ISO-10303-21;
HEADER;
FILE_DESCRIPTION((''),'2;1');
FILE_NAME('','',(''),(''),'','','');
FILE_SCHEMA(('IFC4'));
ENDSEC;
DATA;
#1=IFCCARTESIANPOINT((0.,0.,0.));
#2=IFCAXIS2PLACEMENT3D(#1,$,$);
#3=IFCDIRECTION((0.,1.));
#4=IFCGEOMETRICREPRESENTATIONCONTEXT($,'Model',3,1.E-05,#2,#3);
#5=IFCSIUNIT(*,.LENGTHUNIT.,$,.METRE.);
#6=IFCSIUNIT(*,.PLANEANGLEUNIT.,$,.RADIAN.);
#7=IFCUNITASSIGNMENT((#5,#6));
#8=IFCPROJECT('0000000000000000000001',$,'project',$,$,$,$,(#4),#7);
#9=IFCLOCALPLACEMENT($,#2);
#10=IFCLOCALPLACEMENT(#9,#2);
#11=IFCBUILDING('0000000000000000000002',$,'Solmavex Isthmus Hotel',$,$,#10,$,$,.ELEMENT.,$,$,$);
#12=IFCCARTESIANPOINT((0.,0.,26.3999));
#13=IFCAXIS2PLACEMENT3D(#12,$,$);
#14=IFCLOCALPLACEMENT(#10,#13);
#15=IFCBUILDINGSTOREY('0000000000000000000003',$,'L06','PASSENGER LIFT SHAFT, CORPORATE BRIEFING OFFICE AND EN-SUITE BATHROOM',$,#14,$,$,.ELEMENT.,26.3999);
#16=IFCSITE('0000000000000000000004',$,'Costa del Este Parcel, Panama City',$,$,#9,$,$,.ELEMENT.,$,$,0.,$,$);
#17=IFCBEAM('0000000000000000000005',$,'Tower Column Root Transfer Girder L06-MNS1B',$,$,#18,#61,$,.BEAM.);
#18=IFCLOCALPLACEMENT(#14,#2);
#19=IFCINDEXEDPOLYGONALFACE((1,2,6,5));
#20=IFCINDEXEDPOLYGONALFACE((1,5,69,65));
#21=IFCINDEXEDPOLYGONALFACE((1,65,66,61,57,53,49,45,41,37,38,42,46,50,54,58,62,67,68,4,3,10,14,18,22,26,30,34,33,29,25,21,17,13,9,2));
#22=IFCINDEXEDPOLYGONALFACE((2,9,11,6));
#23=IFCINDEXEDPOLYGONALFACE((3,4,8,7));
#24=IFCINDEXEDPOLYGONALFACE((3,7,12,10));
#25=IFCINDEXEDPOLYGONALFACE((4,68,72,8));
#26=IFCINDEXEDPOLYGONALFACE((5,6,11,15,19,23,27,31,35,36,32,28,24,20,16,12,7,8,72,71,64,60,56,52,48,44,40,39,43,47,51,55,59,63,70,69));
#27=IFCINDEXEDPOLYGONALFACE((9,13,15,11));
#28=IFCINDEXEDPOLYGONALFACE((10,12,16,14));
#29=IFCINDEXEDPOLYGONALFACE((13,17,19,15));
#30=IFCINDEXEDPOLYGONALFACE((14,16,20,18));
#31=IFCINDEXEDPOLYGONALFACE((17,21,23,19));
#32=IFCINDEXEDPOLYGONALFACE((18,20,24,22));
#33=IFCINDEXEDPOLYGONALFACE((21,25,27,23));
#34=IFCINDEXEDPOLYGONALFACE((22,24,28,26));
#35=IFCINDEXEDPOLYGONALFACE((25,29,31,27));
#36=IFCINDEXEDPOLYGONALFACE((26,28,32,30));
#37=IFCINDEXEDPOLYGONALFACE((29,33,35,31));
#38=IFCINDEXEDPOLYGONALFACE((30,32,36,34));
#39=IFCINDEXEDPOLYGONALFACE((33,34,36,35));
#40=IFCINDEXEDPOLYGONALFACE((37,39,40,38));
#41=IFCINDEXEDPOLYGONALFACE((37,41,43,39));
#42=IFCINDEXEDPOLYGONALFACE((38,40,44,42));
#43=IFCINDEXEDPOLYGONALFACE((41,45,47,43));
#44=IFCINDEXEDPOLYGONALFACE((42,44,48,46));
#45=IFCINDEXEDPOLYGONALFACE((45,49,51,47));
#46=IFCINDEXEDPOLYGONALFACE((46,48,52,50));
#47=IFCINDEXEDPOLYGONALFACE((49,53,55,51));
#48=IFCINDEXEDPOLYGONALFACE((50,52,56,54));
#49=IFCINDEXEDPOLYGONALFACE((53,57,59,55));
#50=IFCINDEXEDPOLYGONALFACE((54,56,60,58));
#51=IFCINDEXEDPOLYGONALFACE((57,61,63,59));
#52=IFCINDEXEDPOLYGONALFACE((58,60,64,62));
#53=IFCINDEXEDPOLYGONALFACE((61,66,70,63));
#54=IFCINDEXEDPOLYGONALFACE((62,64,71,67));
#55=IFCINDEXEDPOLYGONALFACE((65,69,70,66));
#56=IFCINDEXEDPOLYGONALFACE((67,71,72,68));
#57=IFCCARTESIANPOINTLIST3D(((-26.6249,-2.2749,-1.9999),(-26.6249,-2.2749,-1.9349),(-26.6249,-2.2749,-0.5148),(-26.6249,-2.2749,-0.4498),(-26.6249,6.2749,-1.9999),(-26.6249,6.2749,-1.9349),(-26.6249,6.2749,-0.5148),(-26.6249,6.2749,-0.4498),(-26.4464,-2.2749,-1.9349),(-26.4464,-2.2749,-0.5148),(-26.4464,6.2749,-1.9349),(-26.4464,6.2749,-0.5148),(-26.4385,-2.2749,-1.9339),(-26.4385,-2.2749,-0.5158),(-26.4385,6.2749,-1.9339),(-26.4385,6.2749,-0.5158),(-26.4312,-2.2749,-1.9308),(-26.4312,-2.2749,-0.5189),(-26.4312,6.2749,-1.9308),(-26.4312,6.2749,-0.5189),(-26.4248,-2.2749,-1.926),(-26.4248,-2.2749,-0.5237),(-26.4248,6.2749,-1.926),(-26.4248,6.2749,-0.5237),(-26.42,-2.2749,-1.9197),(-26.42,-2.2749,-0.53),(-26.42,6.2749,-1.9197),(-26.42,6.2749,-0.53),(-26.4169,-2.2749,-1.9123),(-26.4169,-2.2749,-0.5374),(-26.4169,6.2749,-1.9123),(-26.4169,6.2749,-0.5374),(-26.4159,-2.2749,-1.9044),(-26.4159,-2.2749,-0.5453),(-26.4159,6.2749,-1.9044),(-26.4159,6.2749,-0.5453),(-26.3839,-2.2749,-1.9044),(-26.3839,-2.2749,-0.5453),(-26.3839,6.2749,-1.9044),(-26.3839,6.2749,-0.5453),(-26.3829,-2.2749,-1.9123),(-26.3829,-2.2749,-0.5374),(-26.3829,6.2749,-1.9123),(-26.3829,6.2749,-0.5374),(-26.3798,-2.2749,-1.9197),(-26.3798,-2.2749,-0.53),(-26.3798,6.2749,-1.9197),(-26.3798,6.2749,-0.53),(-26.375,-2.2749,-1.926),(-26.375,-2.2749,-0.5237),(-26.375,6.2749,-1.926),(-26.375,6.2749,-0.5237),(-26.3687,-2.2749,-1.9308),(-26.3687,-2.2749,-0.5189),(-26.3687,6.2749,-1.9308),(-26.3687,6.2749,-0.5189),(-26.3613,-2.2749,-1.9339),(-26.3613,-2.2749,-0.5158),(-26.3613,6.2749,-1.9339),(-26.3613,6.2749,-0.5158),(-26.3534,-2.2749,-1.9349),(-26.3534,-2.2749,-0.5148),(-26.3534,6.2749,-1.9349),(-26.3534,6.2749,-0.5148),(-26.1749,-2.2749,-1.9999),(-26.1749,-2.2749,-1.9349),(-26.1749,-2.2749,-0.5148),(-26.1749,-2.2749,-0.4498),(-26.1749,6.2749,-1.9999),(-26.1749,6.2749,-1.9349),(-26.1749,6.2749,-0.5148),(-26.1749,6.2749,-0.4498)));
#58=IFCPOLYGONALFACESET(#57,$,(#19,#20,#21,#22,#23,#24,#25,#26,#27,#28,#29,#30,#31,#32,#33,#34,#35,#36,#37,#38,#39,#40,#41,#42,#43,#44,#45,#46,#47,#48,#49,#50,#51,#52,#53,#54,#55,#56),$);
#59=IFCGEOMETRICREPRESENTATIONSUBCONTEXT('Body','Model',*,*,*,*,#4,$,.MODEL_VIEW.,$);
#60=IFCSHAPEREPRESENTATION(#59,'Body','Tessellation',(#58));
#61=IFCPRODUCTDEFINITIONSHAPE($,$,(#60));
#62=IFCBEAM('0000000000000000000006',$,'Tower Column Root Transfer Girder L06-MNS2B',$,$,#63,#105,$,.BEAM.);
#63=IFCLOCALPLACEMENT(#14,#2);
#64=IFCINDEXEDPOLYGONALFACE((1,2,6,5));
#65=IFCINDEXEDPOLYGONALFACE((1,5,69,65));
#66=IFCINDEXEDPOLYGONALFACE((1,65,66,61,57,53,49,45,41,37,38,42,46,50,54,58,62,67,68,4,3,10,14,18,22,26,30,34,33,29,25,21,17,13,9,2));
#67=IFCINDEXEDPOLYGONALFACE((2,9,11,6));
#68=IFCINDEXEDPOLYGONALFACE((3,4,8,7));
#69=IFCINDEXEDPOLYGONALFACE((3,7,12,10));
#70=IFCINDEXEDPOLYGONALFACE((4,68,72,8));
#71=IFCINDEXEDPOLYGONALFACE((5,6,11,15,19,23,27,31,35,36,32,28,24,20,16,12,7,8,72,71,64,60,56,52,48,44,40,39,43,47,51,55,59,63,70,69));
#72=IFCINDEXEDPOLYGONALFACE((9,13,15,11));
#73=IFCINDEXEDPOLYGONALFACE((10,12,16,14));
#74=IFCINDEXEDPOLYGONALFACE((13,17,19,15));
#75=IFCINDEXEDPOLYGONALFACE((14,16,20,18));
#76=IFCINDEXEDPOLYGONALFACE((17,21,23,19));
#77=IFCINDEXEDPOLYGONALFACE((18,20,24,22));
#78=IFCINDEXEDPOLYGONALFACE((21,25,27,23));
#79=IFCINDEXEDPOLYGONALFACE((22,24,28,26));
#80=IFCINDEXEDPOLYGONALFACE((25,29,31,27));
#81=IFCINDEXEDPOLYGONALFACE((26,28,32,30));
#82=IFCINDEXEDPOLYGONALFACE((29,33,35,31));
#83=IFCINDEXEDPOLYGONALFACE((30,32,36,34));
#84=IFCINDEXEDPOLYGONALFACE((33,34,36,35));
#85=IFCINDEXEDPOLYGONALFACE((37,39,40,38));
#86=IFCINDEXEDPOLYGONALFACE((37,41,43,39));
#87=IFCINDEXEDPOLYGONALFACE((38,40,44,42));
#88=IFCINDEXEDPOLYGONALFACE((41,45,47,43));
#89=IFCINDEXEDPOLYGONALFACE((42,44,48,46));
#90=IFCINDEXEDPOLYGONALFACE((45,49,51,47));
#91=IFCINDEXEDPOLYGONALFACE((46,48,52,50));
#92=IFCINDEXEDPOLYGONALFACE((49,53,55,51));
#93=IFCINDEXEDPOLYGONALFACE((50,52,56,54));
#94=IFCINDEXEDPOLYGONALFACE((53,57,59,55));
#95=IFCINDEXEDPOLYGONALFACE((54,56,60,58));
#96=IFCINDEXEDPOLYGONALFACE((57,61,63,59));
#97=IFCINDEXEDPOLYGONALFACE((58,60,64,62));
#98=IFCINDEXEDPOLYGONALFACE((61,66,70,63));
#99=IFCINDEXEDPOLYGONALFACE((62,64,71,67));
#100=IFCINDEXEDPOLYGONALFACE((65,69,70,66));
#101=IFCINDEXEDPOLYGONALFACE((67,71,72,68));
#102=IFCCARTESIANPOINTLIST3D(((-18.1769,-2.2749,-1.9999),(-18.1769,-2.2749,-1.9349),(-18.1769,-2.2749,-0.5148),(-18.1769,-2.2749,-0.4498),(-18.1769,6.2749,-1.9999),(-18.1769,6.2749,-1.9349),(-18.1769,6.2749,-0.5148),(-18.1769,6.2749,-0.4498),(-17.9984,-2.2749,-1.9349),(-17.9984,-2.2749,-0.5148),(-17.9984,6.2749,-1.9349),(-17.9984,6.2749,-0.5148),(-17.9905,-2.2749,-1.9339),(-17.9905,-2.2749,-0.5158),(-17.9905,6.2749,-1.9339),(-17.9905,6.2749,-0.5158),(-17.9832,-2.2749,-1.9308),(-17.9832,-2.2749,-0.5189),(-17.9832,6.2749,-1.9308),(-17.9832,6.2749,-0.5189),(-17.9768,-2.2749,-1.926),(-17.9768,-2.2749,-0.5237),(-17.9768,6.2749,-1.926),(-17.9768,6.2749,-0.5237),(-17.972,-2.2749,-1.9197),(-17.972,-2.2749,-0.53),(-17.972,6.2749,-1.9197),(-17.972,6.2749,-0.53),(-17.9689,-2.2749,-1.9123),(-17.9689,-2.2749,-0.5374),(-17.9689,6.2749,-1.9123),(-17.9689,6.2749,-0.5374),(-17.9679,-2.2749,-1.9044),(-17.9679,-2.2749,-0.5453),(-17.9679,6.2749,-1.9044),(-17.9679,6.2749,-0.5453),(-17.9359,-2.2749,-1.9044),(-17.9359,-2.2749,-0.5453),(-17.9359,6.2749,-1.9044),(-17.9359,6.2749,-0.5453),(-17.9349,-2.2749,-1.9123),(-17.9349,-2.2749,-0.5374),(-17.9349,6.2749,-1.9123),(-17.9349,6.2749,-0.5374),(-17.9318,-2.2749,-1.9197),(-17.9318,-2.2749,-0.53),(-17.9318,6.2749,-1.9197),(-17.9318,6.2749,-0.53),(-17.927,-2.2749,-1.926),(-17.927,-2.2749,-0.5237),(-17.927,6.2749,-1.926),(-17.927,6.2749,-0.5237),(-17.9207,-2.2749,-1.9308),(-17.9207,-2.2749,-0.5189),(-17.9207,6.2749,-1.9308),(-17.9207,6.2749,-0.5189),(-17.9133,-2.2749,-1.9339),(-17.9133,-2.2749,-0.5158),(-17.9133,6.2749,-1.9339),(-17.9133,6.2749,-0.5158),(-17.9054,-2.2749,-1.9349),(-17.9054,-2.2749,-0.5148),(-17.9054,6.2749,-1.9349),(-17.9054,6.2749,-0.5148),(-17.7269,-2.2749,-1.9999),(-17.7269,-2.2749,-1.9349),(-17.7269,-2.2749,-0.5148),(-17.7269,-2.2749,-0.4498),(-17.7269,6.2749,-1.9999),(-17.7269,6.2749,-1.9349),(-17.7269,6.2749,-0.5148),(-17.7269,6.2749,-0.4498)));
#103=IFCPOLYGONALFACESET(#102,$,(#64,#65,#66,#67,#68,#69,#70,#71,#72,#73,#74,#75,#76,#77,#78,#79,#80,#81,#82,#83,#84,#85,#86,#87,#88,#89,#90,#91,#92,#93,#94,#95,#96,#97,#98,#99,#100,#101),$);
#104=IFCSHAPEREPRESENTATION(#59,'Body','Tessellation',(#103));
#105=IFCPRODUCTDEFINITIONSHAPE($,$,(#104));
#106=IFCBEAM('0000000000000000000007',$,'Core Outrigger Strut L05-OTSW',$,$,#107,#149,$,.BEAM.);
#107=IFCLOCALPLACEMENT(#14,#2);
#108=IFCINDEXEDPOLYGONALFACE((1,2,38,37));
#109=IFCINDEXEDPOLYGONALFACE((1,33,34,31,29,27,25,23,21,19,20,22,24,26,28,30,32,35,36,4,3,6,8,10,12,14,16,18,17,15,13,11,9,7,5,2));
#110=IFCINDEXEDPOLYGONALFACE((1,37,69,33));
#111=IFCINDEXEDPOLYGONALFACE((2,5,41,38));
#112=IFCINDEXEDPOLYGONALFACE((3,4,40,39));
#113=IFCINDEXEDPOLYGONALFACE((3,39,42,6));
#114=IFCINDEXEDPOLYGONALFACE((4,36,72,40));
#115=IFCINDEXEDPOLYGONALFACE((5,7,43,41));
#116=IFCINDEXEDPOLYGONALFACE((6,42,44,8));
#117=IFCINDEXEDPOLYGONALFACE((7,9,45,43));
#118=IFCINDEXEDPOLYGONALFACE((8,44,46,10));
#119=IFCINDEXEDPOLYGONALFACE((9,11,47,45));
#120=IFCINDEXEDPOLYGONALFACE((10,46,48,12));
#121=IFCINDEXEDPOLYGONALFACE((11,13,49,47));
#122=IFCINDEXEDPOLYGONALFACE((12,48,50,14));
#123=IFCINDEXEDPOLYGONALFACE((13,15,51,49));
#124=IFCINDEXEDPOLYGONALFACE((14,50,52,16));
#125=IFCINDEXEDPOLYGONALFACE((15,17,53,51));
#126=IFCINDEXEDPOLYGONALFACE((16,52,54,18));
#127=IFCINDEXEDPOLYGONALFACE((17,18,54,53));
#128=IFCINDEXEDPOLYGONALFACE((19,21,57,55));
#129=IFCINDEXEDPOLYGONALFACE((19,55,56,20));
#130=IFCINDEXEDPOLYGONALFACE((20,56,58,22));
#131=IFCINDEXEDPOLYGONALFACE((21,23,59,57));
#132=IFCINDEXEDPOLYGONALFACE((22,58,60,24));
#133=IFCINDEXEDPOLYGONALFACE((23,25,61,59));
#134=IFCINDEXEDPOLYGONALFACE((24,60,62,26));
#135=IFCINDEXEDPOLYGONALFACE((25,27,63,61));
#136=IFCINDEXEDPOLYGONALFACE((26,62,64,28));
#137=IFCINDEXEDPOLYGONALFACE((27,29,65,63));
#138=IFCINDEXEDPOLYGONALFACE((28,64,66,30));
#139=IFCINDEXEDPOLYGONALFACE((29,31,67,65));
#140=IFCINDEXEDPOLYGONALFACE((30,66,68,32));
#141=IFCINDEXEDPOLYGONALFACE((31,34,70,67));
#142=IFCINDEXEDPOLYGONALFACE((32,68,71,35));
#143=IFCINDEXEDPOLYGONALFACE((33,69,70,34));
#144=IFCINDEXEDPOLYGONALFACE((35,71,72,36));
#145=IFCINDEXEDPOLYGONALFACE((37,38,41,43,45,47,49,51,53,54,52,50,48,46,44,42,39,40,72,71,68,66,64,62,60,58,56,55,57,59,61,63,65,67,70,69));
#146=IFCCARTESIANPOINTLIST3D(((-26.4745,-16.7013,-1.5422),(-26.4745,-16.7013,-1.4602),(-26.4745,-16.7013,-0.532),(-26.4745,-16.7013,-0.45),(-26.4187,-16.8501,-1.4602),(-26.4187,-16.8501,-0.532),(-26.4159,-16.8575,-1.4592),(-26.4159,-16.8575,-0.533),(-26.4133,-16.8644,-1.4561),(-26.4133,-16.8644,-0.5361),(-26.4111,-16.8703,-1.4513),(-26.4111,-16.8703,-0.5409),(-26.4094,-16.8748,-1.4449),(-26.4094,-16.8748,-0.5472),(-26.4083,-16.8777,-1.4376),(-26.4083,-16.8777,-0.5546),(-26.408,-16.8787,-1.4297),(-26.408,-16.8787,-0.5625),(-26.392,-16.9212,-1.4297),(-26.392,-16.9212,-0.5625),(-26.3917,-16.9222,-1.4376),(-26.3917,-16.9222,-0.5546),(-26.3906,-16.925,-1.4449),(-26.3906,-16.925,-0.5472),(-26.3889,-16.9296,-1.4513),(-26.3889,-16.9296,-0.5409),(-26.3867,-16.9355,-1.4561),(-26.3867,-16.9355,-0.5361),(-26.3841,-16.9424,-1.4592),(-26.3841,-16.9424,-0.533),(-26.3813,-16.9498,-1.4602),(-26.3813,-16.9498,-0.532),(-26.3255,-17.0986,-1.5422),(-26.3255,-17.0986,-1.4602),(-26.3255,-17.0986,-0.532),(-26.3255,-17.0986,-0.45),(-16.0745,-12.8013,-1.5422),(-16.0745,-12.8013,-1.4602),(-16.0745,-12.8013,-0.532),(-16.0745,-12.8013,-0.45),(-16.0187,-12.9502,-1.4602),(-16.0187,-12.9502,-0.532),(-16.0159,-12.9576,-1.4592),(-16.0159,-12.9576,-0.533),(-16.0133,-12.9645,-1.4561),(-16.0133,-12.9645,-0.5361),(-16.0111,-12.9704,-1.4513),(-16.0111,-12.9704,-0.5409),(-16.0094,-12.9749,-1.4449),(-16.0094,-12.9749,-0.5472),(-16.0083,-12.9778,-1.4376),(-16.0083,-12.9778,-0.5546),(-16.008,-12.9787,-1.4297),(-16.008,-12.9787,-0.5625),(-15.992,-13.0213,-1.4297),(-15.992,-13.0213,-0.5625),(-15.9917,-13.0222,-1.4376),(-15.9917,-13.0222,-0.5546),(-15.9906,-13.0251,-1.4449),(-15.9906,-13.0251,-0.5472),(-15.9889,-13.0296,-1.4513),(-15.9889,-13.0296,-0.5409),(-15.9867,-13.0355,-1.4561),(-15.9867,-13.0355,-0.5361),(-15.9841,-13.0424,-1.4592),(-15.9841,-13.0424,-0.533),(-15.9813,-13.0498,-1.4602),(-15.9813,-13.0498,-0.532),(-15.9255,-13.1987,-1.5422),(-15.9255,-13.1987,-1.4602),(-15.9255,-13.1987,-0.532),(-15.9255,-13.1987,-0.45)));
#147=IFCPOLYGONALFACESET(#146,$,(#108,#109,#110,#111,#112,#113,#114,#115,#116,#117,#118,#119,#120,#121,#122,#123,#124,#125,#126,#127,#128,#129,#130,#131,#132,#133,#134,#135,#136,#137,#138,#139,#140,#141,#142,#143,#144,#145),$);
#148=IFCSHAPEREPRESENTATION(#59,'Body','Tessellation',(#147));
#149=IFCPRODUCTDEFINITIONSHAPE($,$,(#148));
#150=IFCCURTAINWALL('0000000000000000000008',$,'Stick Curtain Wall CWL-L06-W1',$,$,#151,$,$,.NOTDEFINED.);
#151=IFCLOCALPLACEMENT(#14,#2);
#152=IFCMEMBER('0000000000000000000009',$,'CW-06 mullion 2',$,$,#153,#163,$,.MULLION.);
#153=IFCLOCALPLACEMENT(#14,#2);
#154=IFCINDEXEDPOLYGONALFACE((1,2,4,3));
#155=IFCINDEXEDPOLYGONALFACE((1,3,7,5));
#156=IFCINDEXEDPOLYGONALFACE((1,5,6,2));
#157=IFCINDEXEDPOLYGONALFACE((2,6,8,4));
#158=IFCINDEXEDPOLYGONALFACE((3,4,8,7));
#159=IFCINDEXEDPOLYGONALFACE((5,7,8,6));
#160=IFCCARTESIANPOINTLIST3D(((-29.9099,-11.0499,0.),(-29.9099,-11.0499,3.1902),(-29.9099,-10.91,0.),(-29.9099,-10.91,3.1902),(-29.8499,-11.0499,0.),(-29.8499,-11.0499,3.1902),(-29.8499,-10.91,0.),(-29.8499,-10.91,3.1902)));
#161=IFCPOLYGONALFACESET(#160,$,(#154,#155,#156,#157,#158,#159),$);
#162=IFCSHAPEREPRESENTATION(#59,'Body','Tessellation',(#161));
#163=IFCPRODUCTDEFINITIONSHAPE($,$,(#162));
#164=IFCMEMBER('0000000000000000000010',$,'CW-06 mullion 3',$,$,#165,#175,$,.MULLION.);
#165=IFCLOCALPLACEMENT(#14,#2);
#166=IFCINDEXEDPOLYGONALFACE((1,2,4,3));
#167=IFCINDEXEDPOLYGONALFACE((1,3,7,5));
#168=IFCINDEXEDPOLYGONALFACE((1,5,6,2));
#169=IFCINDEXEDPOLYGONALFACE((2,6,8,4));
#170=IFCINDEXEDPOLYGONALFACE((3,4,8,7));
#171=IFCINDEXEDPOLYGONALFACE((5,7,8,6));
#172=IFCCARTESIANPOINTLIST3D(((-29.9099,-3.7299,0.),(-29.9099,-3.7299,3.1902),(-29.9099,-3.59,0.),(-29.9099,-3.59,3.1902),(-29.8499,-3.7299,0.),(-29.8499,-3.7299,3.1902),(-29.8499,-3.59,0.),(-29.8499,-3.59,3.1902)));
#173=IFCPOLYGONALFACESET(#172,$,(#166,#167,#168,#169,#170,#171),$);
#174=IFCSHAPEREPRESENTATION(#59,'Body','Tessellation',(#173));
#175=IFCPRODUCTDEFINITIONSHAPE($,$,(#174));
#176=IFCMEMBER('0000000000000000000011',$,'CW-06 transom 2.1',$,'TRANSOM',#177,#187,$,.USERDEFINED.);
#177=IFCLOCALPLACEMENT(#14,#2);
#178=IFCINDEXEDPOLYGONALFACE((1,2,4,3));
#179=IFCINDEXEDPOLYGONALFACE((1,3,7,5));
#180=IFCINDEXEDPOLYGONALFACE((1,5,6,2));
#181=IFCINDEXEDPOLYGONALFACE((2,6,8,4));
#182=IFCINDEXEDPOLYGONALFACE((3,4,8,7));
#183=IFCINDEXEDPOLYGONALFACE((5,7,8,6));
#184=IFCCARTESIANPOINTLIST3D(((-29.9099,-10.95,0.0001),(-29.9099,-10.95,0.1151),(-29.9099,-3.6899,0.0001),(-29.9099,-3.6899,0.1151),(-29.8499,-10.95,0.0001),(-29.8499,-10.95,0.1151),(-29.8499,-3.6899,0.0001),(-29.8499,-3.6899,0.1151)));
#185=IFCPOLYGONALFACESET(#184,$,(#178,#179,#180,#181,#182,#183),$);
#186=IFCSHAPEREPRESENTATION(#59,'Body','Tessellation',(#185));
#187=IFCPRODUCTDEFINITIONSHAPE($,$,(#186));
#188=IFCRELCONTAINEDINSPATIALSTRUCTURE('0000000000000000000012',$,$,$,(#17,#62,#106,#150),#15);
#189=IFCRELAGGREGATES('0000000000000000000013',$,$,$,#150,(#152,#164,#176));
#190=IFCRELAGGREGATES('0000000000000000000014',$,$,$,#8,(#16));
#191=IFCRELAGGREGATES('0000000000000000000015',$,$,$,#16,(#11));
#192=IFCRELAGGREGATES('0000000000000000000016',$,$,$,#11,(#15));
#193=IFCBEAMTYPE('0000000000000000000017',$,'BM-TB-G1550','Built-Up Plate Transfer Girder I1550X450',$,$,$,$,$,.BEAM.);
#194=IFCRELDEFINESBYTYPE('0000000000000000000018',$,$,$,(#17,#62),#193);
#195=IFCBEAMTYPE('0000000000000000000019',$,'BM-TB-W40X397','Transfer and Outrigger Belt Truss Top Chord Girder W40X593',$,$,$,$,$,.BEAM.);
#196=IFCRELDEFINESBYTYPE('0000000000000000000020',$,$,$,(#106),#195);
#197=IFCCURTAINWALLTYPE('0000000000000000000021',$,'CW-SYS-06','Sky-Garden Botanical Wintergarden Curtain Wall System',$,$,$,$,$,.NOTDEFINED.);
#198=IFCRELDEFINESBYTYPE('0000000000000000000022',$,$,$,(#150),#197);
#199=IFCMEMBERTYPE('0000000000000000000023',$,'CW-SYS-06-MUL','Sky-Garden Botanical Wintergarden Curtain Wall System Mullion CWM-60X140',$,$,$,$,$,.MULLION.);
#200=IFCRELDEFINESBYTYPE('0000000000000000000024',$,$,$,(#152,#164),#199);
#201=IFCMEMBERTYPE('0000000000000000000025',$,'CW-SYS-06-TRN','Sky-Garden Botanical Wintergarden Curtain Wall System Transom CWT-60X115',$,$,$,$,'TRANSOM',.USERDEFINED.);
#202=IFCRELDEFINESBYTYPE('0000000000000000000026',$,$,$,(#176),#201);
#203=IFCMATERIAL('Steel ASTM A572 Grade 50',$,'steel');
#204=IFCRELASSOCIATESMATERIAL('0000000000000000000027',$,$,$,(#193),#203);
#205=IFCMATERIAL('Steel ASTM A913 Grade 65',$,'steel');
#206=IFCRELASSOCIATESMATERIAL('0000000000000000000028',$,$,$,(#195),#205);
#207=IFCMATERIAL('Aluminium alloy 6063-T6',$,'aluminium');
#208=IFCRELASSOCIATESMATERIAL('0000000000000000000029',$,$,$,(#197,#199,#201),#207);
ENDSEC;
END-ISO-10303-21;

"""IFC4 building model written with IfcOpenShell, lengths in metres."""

from ifc_helpers import new_model, si_unit, direction, frame, origin, origin_2d, place, context, subcontext, project, spatial, rectangle, i_section, extrude, material, material_profile, profile_set, type_object, element, aggregate, save


model = new_model("IFC4")

# Units and contexts
model_context = context("Model", 3, precision=1e-05, world=origin(), true_north=direction((0.0, 1.0)))
body_context = subcontext(model_context, "Body", "Model", "MODEL_VIEW")
ifc_project = project(units=[si_unit("LENGTHUNIT", "METRE"), si_unit("PLANEANGLEUNIT", "RADIAN")], contexts=[model_context])

# Site, building, storey
site_placement = place(None, origin())
site = spatial("IfcSite", under=ifc_project, at=site_placement, Name="Costa del Este Parcel, Panama City", CompositionType="ELEMENT", RefElevation=0.0)
building_placement = place(site_placement, origin())
building = spatial("IfcBuilding", under=site, at=building_placement, Name="Solmavex Isthmus Hotel", CompositionType="ELEMENT")
storey_placement = place(building_placement, frame((0.0, 0.0, 26.3999)))
storey = spatial("IfcBuildingStorey", under=building, at=storey_placement, Name="L06", Description="PASSENGER LIFT SHAFT, CORPORATE BRIEFING OFFICE AND EN-SUITE BATHROOM", CompositionType="ELEMENT", Elevation=26.3999)

# Shared definitions
ifc_material_1 = material(Name="Steel ASTM A913 Grade 65", Category="steel")

# Beams
ifc_material_2 = material(Name="Steel ASTM A572 Grade 50", Category="steel")
ifc_material_profile_1 = material_profile(ifc_material_2, i_section(OverallWidth=0.45, OverallDepth=1.55, WebThickness=0.032, FlangeThickness=0.0649, FilletRadius=0.0305, at=origin_2d()), Name="I1550X450")
ifc_profile_set_1 = profile_set([ifc_material_profile_1], Name="Steel ASTM A572 Grade 50")
beam_type_1 = type_object("IfcBeamType", Name="BM-TB-G1550", Description="Built-Up Plate Transfer Girder I1550X450", PredefinedType="BEAM", material=ifc_profile_set_1)
for number, where, z_axis, x_axis, name in (
    (1, (-26.3999, -2.2749, -1.2249), (0.0, 1.0, 0.0), (-1.0, 0.0, 0.0), "Tower Column Root Transfer Girder L06-MNS1B"),
    (2, (-17.9519, -2.2749, -1.2249), (0.0, 1.0, 0.0), (-1.0, 0.0, 0.0), "Tower Column Root Transfer Girder L06-MNS2B"),
):
    element("IfcBeam", number, at=place(storey_placement, frame(where, z_axis=z_axis, x_axis=x_axis)), inside=storey, type_object=beam_type_1, Name=name, PredefinedType="BEAM", context=body_context, shape_type="SweptSolid", body=[
        extrude(i_section(OverallWidth=0.45, OverallDepth=1.55, WebThickness=0.032, FlangeThickness=0.0649, FilletRadius=0.0305, at=origin_2d()), origin(), (0.0, 0.0, 1.0), 8.5498),
    ])
ifc_material_profile_2 = material_profile(ifc_material_1, i_section(OverallWidth=0.4243, OverallDepth=1.0923, WebThickness=0.0454, FlangeThickness=0.082, FilletRadius=0.0305, at=origin_2d()), Name="W40X593")
ifc_profile_set_2 = profile_set([ifc_material_profile_2], Name="Steel ASTM A913 Grade 65")
beam_type_2 = type_object("IfcBeamType", Name="BM-TB-W40X397", Description="Transfer and Outrigger Belt Truss Top Chord Girder W40X593", PredefinedType="BEAM", material=ifc_profile_set_2)
beam_1_placement = place(storey_placement, frame((-16.0, -13.0, -0.9961), z_axis=(-0.936331, -0.351119, 0.0), x_axis=(0.351119, -0.936331, 0.0)))
element("IfcBeam", 3, at=beam_1_placement, inside=storey, type_object=beam_type_2, Name="Core Outrigger Strut L05-OTSW", PredefinedType="BEAM", context=body_context, shape_type="SweptSolid", body=[
    extrude(i_section(OverallWidth=0.4243, OverallDepth=1.0923, WebThickness=0.0454, FlangeThickness=0.082, FilletRadius=0.0305, at=origin_2d()), origin(), (0.0, 0.0, 1.0), 11.1072),
])

# Curtain wall, members
ifc_material_3 = material(Name="Aluminium alloy 6063-T6", Category="aluminium")
curtain_wall_type = type_object("IfcCurtainWallType", Name="CW-SYS-06", Description="Sky-Garden Botanical Wintergarden Curtain Wall System", PredefinedType="NOTDEFINED", material=ifc_material_3)
curtain_wall_placement = place(storey_placement, origin())
curtain_wall = element("IfcCurtainWall", 4, at=curtain_wall_placement, inside=storey, type_object=curtain_wall_type, Name="Stick Curtain Wall CWL-L06-W1", PredefinedType="NOTDEFINED")
ifc_material_profile_3 = material_profile(ifc_material_3, rectangle(XDim=0.0601, YDim=0.1399, at=origin_2d()), Name="CWM-60X140")
ifc_profile_set_3 = profile_set([ifc_material_profile_3], Name="Aluminium alloy 6063-T6")
member_type_1 = type_object("IfcMemberType", Name="CW-SYS-06-MUL", Description="Sky-Garden Botanical Wintergarden Curtain Wall System Mullion CWM-60X140", PredefinedType="MULLION", material=ifc_profile_set_3)
member_1_placement = place(storey_placement, frame((-29.8799, -10.98, 0.0), z_axis=(0.0, 0.0, 1.0), x_axis=(-1.0, 0.0, 0.0)))
member_1 = element("IfcMember", 5, at=member_1_placement, type_object=member_type_1, Name="CW-06 mullion 2", PredefinedType="MULLION", context=body_context, shape_type="SweptSolid", body=[
    extrude(rectangle(XDim=0.0601, YDim=0.1399, at=origin_2d()), origin(), (0.0, 0.0, 1.0), 3.1902),
])
member_2_placement = place(storey_placement, frame((-29.8799, -3.6599, 0.0), z_axis=(0.0, 0.0, 1.0), x_axis=(-1.0, 0.0, 0.0)))
member_2 = element("IfcMember", 6, at=member_2_placement, type_object=member_type_1, Name="CW-06 mullion 3", PredefinedType="MULLION", context=body_context, shape_type="SweptSolid", body=[
    extrude(rectangle(XDim=0.0601, YDim=0.1399, at=origin_2d()), origin(), (0.0, 0.0, 1.0), 3.1902),
])
ifc_material_profile_4 = material_profile(ifc_material_3, rectangle(XDim=0.0601, YDim=0.115, at=origin_2d()), Name="CWT-60X115")
ifc_profile_set_4 = profile_set([ifc_material_profile_4], Name="Aluminium alloy 6063-T6")
member_type_2 = type_object("IfcMemberType", Name="CW-SYS-06-TRN", Description="Sky-Garden Botanical Wintergarden Curtain Wall System Transom CWT-60X115", ElementType="TRANSOM", PredefinedType="USERDEFINED", material=ifc_profile_set_4)
member_3_placement = place(storey_placement, frame((-29.8799, -10.95, 0.0576), z_axis=(0.0, 1.0, 0.0), x_axis=(-1.0, 0.0, 0.0)))
member_3 = element("IfcMember", 7, at=member_3_placement, type_object=member_type_2, Name="CW-06 transom 2.1", ObjectType="TRANSOM", PredefinedType="USERDEFINED", context=body_context, shape_type="SweptSolid", body=[
    extrude(rectangle(XDim=0.0601, YDim=0.115, at=origin_2d()), origin(), (0.0, 0.0, 1.0), 7.26),
])
aggregate(curtain_wall, [member_1, member_2, member_3])

save(model, "model.ifc")
